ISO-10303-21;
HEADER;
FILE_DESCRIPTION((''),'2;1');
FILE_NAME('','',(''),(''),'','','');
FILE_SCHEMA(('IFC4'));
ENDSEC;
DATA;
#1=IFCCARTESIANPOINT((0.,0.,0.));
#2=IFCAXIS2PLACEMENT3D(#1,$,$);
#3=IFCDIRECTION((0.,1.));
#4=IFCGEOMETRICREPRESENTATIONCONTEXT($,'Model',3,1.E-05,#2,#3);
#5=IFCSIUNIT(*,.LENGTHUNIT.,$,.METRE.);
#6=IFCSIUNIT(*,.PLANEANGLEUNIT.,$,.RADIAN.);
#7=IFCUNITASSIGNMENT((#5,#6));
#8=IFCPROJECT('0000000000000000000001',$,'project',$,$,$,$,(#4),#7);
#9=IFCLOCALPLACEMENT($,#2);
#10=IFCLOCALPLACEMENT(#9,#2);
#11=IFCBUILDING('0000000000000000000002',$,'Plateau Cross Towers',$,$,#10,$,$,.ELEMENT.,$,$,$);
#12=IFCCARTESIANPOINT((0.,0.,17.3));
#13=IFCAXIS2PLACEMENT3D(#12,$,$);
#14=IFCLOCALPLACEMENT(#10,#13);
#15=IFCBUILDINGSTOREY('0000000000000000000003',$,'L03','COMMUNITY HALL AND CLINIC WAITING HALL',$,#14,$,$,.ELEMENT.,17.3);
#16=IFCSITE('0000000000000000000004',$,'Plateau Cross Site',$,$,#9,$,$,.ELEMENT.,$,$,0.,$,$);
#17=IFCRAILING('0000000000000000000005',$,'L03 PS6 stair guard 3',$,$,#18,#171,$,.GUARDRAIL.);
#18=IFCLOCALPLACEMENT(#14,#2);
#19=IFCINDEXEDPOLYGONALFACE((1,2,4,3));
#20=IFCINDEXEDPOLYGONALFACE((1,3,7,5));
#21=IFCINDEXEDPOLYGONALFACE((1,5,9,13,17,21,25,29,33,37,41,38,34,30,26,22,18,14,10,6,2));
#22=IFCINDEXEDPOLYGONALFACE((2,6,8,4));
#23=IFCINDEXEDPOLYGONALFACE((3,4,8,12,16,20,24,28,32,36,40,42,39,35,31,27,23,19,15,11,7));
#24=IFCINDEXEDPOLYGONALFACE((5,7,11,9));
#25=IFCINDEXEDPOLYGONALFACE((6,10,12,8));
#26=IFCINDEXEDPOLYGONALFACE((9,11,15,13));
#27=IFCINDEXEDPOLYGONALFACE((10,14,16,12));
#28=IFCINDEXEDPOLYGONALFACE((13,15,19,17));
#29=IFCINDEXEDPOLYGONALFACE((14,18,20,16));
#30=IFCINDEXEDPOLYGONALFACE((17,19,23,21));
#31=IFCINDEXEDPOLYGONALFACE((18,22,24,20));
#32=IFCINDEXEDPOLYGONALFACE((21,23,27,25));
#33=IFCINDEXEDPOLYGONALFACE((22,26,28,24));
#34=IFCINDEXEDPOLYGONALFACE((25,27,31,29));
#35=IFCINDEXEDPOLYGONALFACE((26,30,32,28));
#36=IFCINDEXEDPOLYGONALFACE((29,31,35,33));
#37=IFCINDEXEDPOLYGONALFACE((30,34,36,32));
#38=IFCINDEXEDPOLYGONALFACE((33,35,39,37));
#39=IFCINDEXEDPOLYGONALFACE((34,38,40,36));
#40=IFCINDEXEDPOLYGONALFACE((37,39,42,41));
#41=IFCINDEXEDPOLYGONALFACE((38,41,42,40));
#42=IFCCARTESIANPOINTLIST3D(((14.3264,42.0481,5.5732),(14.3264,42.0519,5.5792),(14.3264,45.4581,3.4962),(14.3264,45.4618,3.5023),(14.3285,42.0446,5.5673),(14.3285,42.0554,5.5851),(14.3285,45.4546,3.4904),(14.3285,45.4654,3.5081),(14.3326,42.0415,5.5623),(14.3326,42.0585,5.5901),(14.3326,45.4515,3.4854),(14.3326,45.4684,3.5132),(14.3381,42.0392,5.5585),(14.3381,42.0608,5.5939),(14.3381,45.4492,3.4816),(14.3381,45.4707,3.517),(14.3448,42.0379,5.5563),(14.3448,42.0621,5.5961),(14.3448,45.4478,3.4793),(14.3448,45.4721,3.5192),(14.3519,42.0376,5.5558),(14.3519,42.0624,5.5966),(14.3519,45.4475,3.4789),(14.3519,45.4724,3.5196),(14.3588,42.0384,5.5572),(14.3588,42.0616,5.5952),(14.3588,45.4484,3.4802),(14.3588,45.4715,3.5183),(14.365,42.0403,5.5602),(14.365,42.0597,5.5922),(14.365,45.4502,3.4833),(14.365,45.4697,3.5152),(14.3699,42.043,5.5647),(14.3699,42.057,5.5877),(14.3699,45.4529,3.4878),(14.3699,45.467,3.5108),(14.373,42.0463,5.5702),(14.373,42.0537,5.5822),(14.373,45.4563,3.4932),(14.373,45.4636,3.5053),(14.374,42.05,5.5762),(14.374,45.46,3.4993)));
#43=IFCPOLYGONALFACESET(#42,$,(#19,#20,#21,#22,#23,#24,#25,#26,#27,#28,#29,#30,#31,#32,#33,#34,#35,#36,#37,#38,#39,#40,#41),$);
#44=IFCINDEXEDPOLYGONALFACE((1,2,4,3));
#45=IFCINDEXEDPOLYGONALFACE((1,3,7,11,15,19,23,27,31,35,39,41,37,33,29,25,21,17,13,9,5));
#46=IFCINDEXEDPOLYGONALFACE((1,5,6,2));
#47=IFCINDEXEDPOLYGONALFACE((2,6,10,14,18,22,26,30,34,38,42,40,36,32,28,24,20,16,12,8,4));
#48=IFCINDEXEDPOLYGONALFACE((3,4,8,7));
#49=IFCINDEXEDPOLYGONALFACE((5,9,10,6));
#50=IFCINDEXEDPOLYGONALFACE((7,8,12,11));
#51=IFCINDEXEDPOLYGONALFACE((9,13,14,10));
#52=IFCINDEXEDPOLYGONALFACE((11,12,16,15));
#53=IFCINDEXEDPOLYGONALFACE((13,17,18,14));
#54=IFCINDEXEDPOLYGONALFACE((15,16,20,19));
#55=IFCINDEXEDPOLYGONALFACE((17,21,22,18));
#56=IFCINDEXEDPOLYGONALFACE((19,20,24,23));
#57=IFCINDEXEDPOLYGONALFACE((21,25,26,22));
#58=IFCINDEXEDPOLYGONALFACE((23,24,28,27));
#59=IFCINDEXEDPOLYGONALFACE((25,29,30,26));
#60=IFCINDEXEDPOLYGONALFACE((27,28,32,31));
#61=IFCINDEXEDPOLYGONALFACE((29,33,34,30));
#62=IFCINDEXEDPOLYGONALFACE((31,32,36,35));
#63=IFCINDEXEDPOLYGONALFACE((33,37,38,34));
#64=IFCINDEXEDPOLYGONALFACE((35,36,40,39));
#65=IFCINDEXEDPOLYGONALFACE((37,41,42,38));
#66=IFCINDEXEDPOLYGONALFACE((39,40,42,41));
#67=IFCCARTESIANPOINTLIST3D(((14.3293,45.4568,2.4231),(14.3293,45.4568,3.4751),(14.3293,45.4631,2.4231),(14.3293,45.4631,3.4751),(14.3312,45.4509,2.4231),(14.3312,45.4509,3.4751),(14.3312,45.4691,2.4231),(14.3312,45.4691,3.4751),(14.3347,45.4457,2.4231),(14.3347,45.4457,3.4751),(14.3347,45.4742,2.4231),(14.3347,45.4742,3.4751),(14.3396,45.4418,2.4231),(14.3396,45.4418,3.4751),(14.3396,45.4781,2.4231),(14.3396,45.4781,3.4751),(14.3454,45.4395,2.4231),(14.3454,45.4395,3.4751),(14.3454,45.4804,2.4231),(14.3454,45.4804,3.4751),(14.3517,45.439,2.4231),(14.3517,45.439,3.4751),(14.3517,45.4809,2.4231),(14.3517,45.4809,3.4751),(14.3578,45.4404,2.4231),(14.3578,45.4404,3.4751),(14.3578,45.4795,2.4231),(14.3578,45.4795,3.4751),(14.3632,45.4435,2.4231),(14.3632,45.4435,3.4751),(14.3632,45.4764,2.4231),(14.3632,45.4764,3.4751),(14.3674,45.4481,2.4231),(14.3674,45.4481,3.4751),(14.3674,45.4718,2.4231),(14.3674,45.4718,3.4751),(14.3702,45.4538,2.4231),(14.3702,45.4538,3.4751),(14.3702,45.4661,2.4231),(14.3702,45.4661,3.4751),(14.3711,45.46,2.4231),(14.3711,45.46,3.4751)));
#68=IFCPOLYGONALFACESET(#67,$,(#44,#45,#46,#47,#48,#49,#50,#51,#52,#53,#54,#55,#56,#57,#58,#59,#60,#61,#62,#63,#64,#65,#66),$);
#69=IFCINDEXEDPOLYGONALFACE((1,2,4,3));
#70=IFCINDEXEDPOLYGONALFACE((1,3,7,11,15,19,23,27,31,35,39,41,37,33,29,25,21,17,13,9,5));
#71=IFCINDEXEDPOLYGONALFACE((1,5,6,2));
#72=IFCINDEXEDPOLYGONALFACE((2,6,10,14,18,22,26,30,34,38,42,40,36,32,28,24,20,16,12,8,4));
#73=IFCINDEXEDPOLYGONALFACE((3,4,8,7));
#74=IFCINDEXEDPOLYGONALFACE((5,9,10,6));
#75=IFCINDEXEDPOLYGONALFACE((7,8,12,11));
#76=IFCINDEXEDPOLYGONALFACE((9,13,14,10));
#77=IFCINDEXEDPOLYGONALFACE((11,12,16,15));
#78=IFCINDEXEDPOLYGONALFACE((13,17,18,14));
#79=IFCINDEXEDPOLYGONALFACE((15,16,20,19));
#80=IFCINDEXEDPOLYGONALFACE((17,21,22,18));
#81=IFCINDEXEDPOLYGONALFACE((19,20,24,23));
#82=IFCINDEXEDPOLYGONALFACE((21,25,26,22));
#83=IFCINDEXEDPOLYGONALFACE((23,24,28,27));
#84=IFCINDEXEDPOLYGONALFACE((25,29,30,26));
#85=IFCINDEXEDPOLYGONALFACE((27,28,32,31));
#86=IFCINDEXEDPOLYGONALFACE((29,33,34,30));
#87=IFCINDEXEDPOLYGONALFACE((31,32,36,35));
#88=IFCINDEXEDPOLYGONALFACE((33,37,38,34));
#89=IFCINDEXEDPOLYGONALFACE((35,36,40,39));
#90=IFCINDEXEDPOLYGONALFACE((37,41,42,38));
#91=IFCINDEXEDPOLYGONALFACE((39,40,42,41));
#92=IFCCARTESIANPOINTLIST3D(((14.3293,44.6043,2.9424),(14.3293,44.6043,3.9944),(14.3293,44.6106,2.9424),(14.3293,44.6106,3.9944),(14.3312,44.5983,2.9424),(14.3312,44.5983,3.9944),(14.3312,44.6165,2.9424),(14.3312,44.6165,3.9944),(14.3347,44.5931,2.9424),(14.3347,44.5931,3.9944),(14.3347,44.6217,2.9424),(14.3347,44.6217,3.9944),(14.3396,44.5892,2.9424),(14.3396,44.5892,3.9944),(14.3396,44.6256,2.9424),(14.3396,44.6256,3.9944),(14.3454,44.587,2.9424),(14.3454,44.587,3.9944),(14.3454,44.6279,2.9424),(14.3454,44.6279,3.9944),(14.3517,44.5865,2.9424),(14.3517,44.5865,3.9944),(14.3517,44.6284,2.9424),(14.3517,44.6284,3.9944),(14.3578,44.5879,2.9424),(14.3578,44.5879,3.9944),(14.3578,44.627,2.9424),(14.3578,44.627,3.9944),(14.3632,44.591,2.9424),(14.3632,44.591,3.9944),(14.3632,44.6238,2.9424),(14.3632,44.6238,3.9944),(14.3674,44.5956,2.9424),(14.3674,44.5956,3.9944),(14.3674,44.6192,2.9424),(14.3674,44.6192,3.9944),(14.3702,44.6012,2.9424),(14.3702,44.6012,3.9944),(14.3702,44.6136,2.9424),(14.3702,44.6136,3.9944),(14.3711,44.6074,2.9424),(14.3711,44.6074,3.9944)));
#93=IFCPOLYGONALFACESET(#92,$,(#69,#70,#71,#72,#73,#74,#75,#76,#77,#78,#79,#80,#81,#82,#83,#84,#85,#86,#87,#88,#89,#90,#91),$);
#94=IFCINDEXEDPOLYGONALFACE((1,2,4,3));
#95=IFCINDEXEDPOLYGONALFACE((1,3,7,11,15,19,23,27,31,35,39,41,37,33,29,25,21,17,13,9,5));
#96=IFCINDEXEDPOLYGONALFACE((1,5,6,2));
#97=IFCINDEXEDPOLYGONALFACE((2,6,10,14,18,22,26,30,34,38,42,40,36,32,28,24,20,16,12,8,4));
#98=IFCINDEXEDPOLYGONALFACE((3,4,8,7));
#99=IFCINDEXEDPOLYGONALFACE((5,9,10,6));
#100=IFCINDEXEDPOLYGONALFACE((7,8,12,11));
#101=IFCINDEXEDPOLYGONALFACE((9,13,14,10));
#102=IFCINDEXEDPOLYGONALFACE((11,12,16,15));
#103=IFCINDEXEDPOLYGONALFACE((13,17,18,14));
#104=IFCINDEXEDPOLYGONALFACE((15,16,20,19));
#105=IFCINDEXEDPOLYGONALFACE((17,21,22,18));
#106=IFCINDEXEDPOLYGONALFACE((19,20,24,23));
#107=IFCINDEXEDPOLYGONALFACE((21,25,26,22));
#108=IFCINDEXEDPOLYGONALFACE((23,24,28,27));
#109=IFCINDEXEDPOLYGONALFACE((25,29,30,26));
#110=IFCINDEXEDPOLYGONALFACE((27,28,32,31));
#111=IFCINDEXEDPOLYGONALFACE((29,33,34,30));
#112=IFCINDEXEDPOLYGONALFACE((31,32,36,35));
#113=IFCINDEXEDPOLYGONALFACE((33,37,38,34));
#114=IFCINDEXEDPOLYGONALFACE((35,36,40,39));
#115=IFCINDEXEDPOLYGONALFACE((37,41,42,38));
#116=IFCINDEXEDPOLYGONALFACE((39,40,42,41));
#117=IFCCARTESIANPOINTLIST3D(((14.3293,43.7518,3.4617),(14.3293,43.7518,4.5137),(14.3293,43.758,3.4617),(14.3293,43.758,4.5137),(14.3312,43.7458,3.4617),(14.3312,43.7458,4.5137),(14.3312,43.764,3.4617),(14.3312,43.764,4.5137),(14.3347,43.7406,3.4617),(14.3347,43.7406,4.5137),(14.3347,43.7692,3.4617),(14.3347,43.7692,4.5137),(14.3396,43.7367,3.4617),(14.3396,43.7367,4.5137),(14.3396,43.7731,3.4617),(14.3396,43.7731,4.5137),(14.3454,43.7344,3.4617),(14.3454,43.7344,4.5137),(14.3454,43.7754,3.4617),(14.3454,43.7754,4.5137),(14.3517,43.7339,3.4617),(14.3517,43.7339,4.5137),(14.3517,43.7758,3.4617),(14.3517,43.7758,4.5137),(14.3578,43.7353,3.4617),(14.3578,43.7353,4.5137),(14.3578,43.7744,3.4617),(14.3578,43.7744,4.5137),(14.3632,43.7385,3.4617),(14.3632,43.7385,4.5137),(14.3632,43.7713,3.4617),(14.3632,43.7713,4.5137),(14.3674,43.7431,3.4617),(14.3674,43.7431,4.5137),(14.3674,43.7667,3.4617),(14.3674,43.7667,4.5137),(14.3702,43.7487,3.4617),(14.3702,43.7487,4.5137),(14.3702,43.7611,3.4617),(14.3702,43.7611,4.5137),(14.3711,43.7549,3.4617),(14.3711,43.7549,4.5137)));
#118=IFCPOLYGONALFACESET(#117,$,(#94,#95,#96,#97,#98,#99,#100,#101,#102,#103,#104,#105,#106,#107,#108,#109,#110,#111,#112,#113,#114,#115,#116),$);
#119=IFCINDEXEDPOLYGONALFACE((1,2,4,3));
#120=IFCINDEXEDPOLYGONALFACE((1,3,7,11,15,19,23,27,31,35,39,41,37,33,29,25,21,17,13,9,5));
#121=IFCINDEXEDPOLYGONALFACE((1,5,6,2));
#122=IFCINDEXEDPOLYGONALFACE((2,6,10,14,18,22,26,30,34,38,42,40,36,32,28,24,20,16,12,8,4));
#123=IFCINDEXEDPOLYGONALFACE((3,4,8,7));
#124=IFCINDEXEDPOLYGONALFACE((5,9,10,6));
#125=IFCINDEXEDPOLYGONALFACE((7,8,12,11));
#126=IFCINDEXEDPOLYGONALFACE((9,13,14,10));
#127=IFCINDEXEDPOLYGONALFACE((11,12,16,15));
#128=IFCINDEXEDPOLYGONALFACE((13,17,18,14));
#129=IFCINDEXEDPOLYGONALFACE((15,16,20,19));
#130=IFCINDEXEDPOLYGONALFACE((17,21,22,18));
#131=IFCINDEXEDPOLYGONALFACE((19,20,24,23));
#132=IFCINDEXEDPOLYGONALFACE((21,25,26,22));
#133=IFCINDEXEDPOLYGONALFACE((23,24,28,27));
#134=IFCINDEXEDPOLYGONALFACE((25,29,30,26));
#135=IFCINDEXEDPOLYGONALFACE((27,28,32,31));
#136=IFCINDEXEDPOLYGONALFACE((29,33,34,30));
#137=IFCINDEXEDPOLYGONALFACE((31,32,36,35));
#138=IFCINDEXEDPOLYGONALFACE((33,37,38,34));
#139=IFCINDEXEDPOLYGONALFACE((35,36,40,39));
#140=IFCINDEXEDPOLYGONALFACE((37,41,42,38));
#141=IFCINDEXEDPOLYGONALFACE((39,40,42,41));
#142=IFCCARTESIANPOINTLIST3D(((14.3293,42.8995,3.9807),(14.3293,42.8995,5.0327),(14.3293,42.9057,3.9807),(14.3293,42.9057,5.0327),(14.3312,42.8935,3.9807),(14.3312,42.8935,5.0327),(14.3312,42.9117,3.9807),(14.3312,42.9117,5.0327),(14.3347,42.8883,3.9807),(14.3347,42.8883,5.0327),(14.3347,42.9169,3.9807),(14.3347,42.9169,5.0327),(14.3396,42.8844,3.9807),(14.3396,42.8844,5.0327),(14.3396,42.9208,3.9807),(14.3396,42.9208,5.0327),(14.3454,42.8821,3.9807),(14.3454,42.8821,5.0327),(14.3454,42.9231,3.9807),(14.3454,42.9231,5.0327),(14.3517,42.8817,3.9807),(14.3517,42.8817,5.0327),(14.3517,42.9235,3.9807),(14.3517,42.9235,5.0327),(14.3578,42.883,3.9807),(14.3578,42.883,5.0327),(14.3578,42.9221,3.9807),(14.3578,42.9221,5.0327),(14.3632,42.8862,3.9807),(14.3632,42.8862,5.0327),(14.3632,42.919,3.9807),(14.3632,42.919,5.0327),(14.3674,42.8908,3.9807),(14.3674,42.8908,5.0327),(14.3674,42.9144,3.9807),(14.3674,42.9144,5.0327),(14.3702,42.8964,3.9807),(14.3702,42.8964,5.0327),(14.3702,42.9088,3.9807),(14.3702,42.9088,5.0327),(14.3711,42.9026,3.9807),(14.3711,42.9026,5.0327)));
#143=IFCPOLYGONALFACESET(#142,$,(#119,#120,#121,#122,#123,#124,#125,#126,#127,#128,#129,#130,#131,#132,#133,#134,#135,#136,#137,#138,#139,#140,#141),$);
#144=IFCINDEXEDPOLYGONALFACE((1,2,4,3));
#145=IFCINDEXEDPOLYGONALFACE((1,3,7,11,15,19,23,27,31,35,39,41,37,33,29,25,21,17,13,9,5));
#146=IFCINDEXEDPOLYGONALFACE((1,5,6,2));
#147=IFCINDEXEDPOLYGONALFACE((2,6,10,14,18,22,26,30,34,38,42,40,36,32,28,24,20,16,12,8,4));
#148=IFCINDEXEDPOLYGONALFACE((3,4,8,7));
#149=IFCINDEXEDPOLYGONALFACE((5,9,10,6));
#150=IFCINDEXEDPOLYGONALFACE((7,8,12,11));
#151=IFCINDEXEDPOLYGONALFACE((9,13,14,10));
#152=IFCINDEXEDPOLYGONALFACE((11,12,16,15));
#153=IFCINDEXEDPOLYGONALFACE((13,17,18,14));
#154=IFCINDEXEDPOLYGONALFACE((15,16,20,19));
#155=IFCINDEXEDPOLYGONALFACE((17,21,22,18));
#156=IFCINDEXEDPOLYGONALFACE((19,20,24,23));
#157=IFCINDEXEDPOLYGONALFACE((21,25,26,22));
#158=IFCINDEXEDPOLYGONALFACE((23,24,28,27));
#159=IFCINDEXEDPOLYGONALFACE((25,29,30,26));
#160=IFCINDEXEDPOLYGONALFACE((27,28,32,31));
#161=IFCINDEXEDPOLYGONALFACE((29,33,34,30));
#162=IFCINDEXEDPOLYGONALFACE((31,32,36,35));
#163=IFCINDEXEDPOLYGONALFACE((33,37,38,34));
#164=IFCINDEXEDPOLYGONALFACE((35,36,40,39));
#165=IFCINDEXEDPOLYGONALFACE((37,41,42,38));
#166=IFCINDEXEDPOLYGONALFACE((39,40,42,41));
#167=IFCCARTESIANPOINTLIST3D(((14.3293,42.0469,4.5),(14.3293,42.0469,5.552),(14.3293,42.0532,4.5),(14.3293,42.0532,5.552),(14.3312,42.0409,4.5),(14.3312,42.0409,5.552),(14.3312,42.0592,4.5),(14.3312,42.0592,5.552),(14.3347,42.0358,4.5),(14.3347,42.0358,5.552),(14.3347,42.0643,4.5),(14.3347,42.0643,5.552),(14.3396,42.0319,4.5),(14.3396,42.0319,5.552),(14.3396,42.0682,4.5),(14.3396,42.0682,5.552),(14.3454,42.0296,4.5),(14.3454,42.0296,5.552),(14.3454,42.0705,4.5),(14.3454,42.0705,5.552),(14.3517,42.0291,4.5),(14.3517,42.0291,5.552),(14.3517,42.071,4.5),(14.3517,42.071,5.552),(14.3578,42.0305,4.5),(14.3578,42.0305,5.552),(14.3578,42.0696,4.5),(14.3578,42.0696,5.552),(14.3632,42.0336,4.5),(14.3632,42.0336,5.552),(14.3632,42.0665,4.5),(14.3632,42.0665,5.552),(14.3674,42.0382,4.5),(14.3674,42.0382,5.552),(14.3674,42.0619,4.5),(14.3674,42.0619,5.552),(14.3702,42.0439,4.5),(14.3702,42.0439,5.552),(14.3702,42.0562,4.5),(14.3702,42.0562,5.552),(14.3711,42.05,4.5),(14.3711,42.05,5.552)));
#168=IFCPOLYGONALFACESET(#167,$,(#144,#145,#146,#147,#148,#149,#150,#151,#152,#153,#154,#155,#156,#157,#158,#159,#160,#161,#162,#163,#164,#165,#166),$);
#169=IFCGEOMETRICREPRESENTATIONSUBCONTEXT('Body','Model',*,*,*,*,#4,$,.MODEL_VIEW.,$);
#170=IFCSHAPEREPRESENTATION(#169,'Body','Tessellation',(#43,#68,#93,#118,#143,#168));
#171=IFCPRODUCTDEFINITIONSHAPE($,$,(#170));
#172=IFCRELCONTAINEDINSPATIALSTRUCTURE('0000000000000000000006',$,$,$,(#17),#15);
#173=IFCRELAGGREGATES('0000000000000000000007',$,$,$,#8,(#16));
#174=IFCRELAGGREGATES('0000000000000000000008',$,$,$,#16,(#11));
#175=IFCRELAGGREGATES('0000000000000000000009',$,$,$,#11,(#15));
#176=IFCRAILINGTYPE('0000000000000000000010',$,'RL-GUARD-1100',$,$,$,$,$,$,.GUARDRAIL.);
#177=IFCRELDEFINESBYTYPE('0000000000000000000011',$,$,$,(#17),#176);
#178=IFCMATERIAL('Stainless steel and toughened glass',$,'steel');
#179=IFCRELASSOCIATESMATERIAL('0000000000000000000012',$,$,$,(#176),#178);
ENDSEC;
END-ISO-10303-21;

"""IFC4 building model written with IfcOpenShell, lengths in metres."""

from ifc_helpers import new_model, si_unit, direction, frame, origin, origin_2d, place, context, subcontext, project, spatial, circle, extrude, material, type_object, element, save


model = new_model("IFC4")

# Units and contexts
model_context = context("Model", 3, precision=1e-05, world=origin(), true_north=direction((0.0, 1.0)))
body_context = subcontext(model_context, "Body", "Model", "MODEL_VIEW")
ifc_project = project(units=[si_unit("LENGTHUNIT", "METRE"), si_unit("PLANEANGLEUNIT", "RADIAN")], contexts=[model_context])

# Site, building, storey
site_placement = place(None, origin())
site = spatial("IfcSite", under=ifc_project, at=site_placement, Name="Plateau Cross Site", CompositionType="ELEMENT", RefElevation=0.0)
building_placement = place(site_placement, origin())
building = spatial("IfcBuilding", under=site, at=building_placement, Name="Plateau Cross Towers", CompositionType="ELEMENT")
storey_placement = place(building_placement, frame((0.0, 0.0, 17.3)))
storey = spatial("IfcBuildingStorey", under=building, at=storey_placement, Name="L03", Description="COMMUNITY HALL AND CLINIC WAITING HALL", CompositionType="ELEMENT", Elevation=17.3)

# Railing
ifc_material_1 = material(Name="Stainless steel and toughened glass", Category="steel")
railing_type_1 = type_object("IfcRailingType", Name="RL-GUARD-1100", PredefinedType="GUARDRAIL", material=ifc_material_1)
railing_1_placement = place(storey_placement, frame((14.3501, 45.46, 2.4231)))
element("IfcRailing", 1, at=railing_1_placement, inside=storey, type_object=railing_type_1, Name="L03 PS6 stair guard 3", PredefinedType="GUARDRAIL", context=body_context, shape_type="SweptSolid", body=[
    extrude(circle(Radius=0.0239, at=origin_2d()), frame((0.0, 0.0, 1.0762), z_axis=(0.0, -0.854053, 0.520186), x_axis=(1.0, 0.0, 0.0)), (0.0, 0.0, 1.0), 3.9927),
    extrude(circle(Radius=0.021, at=origin_2d()), origin(), (0.0, 0.0, 1.0), 1.052),
    extrude(circle(Radius=0.021, at=origin_2d()), frame((0.0, -0.8525, 0.5193)), (0.0, 0.0, 1.0), 1.052),
    extrude(circle(Radius=0.021, at=origin_2d()), frame((0.0, -1.7051, 1.0386)), (0.0, 0.0, 1.0), 1.052),
    extrude(circle(Radius=0.021, at=origin_2d()), frame((0.0, -2.5574, 1.5576)), (0.0, 0.0, 1.0), 1.052),
    extrude(circle(Radius=0.021, at=origin_2d()), frame((0.0, -3.4099, 2.0769)), (0.0, 0.0, 1.0), 1.052),
])

save(model, "model.ifc")
